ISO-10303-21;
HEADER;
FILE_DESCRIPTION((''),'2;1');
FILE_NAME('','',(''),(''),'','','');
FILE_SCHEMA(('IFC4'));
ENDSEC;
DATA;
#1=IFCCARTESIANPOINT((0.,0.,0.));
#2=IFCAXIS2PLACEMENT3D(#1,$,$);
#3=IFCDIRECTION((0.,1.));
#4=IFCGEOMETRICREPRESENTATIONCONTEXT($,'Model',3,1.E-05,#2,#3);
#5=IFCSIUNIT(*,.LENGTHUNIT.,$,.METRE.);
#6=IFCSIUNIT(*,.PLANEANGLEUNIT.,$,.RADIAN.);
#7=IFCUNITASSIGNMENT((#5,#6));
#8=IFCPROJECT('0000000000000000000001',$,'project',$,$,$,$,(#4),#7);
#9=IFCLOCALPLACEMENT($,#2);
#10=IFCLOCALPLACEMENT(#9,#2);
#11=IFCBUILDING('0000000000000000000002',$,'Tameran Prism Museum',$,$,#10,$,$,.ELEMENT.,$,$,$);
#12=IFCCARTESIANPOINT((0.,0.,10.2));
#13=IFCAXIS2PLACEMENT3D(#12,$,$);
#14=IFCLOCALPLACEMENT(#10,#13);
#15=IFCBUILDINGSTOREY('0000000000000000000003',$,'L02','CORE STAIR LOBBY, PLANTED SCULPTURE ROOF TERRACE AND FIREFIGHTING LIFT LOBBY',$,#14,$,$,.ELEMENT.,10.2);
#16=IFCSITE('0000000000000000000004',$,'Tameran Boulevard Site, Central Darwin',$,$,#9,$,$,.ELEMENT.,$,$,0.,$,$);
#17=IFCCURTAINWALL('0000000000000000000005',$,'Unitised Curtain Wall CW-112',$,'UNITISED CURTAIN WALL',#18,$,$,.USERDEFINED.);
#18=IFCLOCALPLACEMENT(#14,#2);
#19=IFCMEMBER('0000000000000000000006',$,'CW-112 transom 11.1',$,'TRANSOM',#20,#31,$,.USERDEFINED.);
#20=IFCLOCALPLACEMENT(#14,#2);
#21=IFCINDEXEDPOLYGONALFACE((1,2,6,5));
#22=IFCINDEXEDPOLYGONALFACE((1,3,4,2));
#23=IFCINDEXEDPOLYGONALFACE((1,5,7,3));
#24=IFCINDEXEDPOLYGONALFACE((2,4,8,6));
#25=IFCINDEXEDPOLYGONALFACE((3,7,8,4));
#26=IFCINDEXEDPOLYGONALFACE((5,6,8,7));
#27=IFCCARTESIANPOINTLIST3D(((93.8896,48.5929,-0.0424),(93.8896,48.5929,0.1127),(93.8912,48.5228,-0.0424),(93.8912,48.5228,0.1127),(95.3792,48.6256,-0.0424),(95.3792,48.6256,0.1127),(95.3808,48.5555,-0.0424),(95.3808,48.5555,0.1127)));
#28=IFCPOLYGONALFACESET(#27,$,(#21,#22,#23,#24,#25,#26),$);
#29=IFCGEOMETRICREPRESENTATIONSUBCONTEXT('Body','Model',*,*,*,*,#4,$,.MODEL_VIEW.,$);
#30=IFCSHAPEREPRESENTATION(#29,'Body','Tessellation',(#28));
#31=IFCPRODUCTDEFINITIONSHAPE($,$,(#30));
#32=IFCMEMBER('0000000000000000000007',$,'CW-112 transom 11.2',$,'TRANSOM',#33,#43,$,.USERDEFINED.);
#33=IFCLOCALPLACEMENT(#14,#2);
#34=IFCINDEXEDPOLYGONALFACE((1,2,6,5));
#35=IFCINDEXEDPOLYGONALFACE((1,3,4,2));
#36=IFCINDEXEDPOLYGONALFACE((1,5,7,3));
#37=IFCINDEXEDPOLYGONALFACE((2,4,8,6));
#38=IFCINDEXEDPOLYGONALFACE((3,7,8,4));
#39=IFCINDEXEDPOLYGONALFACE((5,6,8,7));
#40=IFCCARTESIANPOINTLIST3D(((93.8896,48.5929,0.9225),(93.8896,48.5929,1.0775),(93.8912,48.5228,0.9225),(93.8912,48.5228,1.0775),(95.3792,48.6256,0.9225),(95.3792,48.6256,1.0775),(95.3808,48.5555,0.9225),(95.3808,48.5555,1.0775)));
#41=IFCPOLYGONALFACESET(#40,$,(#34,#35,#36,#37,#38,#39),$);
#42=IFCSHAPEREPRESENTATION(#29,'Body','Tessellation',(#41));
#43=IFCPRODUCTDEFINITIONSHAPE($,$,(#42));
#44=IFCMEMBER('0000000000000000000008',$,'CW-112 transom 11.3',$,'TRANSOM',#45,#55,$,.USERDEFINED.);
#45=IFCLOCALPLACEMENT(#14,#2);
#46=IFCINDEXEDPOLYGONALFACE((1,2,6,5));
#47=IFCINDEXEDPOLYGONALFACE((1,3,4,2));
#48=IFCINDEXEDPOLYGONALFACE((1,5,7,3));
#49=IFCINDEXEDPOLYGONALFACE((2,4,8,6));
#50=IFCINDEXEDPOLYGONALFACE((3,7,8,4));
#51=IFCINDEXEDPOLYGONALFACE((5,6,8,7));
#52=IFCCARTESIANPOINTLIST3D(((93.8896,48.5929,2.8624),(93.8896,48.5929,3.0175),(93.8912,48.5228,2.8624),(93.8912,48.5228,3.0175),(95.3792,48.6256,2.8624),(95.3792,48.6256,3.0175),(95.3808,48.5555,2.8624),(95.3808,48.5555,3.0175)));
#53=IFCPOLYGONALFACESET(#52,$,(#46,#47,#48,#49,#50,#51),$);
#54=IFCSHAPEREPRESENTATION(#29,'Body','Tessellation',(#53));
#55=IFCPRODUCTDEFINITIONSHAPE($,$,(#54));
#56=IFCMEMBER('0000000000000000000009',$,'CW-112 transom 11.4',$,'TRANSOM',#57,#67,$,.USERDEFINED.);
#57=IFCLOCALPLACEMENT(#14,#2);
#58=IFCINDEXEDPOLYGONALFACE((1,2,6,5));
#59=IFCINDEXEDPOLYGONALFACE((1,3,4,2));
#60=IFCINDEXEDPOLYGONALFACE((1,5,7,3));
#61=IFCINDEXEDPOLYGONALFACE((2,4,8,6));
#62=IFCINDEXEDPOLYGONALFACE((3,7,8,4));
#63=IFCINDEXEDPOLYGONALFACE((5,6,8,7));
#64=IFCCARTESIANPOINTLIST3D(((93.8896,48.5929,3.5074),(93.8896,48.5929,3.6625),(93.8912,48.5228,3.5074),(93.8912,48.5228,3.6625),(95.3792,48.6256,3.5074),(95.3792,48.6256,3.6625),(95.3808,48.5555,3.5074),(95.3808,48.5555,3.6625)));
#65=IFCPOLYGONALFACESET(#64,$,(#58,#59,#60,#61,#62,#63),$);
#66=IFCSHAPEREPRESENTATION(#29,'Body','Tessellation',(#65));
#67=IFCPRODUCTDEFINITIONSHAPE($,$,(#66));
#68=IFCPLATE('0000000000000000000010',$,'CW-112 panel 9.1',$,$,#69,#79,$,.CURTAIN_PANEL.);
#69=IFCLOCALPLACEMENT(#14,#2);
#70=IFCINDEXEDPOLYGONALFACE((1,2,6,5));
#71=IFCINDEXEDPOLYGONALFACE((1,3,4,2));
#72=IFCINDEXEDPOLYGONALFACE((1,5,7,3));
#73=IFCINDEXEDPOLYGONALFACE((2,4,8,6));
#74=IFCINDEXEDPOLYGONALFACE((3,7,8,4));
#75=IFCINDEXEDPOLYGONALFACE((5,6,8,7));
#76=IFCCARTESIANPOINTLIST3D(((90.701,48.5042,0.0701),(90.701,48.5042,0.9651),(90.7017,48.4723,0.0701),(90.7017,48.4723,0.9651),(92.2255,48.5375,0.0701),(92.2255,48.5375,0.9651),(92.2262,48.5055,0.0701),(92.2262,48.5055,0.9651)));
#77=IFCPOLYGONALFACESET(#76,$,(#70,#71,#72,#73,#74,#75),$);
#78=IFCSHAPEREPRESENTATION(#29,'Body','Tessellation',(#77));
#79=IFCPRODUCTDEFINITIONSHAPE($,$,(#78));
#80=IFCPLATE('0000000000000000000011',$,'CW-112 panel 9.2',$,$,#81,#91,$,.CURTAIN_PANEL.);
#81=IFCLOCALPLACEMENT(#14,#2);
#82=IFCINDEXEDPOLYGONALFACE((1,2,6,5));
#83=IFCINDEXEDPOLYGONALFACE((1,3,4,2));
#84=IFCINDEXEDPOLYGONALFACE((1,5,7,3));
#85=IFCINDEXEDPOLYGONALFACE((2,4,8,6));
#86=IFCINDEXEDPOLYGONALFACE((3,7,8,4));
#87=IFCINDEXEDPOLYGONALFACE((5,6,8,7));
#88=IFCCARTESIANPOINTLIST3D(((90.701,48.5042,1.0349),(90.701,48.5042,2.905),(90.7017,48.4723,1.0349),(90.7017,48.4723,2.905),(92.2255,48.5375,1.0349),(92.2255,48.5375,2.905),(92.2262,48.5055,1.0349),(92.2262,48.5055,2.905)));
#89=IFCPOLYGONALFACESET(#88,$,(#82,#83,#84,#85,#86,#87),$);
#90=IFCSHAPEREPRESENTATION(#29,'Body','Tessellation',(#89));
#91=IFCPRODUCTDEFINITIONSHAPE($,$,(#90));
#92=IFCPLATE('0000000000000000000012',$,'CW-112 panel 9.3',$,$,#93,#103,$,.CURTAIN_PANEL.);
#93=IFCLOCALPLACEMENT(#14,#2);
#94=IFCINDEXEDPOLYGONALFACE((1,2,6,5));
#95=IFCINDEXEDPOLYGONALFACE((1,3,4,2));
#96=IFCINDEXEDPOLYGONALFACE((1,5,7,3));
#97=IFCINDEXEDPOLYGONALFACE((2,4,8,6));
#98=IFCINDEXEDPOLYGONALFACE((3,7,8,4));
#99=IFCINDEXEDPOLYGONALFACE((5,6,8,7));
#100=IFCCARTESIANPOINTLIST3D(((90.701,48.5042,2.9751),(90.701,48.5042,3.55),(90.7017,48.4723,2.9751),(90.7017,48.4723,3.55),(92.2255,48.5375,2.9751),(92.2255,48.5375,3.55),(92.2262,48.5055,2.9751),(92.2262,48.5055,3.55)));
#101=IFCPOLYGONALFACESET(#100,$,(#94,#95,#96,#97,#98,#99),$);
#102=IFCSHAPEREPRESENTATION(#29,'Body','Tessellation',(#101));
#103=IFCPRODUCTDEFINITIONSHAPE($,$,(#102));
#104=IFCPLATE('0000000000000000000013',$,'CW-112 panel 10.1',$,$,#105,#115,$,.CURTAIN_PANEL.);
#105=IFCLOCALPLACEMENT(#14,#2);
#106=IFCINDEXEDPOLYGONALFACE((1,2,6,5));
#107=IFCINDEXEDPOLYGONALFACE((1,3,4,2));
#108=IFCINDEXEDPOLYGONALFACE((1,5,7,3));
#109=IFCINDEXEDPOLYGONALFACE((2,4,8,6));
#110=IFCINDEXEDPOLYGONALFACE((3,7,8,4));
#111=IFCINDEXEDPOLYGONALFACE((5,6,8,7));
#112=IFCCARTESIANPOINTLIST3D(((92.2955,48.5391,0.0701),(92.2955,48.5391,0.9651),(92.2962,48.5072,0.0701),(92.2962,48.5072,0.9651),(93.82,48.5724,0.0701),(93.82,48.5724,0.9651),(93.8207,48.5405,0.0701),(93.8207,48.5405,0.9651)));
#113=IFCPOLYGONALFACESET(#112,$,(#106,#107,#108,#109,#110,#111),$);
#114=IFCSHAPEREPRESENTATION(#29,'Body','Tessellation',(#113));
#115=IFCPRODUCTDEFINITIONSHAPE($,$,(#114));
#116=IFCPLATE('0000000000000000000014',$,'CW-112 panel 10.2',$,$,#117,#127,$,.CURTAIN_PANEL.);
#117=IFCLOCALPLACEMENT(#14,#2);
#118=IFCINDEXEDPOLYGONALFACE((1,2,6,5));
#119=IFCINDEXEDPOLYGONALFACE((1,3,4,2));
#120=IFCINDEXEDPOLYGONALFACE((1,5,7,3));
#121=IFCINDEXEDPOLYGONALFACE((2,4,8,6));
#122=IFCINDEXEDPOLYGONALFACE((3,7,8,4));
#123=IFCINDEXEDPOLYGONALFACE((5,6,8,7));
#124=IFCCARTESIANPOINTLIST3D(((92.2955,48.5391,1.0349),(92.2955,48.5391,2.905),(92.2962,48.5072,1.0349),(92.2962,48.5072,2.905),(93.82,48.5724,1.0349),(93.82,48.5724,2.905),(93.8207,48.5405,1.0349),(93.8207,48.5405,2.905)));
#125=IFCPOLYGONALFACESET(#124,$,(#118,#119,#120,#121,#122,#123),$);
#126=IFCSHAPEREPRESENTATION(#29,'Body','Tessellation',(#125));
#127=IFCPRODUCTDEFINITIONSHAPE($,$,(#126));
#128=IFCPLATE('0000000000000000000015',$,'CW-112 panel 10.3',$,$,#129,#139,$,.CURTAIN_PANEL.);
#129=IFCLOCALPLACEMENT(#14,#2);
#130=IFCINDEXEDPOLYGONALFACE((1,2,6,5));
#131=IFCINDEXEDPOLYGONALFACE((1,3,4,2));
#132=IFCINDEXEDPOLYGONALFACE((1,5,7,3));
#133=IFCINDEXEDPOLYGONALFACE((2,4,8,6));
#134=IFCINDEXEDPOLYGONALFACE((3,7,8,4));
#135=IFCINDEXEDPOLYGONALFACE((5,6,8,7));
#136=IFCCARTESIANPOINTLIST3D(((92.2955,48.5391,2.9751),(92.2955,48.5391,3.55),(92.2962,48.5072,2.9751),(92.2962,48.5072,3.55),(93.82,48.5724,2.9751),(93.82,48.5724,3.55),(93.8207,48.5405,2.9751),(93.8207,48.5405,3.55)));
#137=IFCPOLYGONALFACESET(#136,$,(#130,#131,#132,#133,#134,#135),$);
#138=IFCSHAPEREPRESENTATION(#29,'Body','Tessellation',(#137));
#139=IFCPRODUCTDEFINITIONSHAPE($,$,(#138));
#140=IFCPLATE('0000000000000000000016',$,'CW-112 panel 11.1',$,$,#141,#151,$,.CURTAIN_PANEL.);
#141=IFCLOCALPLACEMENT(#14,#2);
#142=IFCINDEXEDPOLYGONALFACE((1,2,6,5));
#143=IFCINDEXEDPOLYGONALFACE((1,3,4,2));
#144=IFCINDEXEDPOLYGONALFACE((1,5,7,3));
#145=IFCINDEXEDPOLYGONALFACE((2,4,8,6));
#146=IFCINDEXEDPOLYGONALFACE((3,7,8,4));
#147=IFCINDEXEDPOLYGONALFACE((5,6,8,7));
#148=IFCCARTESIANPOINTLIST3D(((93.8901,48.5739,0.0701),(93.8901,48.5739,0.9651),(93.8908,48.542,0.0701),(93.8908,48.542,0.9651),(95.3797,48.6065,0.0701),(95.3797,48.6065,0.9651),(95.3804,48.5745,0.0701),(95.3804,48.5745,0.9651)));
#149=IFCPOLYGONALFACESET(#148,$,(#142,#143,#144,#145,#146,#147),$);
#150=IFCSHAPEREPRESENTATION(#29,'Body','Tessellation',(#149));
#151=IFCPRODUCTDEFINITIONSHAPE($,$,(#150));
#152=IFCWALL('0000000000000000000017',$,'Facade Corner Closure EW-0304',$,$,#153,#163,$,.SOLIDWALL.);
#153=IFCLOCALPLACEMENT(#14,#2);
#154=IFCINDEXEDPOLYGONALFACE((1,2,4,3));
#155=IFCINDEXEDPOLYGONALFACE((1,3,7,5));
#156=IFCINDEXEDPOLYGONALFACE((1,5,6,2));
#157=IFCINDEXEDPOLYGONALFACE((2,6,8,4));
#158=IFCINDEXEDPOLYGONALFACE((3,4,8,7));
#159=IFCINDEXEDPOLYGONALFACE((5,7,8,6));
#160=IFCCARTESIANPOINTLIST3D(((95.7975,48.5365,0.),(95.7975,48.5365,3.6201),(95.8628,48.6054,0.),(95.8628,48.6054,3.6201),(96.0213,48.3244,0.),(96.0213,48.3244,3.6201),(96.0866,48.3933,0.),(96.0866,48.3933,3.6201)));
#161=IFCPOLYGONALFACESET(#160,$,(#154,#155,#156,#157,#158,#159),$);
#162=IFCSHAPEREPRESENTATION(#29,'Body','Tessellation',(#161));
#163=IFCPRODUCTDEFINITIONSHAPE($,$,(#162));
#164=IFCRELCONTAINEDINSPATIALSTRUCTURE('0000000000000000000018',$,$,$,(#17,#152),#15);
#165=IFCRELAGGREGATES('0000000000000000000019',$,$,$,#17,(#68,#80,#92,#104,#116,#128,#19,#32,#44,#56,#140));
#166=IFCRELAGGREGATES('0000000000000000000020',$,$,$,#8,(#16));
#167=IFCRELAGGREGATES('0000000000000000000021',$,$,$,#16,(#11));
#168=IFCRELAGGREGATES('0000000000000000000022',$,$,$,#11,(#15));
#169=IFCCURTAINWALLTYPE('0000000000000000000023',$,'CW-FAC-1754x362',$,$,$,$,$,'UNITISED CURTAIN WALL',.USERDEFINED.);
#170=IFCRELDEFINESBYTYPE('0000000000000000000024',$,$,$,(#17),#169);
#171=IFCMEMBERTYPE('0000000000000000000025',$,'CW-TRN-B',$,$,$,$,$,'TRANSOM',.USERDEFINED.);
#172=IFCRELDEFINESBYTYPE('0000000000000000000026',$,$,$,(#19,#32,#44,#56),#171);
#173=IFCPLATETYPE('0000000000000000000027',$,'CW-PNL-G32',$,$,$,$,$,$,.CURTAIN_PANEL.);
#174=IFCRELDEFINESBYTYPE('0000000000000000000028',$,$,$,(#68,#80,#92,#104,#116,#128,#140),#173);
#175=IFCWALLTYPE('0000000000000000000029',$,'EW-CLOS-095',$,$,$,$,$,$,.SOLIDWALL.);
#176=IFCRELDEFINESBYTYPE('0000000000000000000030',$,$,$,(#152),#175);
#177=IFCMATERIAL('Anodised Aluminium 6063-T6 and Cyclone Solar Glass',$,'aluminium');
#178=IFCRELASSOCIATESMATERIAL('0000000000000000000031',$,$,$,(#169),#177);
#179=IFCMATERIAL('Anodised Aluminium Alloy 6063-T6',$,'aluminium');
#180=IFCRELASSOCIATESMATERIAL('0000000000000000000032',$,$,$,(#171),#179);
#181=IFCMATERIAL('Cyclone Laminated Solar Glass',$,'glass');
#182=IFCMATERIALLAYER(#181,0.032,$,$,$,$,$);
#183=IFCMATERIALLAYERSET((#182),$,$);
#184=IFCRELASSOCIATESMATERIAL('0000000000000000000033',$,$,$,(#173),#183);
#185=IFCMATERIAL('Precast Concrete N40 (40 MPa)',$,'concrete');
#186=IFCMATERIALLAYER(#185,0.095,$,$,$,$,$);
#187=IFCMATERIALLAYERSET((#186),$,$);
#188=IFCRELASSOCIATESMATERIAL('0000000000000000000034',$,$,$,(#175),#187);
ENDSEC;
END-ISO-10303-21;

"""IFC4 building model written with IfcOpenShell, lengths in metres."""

from ifc_helpers import new_model, si_unit, direction, frame, frame_2d, origin, origin_2d, place, context, subcontext, project, spatial, rectangle, extrude, material, layer, layer_set, material_profile, profile_set, type_object, element, aggregate, save


model = new_model("IFC4")

# Units and contexts
model_context = context("Model", 3, precision=1e-05, world=origin(), true_north=direction((0.0, 1.0)))
body_context = subcontext(model_context, "Body", "Model", "MODEL_VIEW")
ifc_project = project(units=[si_unit("LENGTHUNIT", "METRE"), si_unit("PLANEANGLEUNIT", "RADIAN")], contexts=[model_context])

# Site, building, storey
site_placement = place(None, origin())
site = spatial("IfcSite", under=ifc_project, at=site_placement, Name="Tameran Boulevard Site, Central Darwin", CompositionType="ELEMENT", RefElevation=0.0)
building_placement = place(site_placement, origin())
building = spatial("IfcBuilding", under=site, at=building_placement, Name="Tameran Prism Museum", CompositionType="ELEMENT")
storey_placement = place(building_placement, frame((0.0, 0.0, 10.2)))
storey = spatial("IfcBuildingStorey", under=building, at=storey_placement, Name="L02", Description="CORE STAIR LOBBY, PLANTED SCULPTURE ROOF TERRACE AND FIREFIGHTING LIFT LOBBY", CompositionType="ELEMENT", Elevation=10.2)

# Curtain wall
ifc_material_1 = material(Name="Anodised Aluminium 6063-T6 and Cyclone Solar Glass", Category="aluminium")
curtain_wall_type_1 = type_object("IfcCurtainWallType", Name="CW-FAC-1754x362", ElementType="UNITISED CURTAIN WALL", PredefinedType="USERDEFINED", material=ifc_material_1)
curtain_wall_1_placement = place(storey_placement, origin())
curtain_wall_1 = element("IfcCurtainWall", 1, at=curtain_wall_1_placement, inside=storey, type_object=curtain_wall_type_1, Name="Unitised Curtain Wall CW-112", ObjectType="UNITISED CURTAIN WALL", PredefinedType="USERDEFINED")

# Members
ifc_material_2 = material(Name="Anodised Aluminium Alloy 6063-T6", Category="aluminium")
ifc_material_profile_1 = material_profile(ifc_material_2, rectangle(XDim=0.0701, YDim=0.155, at=origin_2d()))
ifc_profile_set_1 = profile_set([ifc_material_profile_1])
member_type_1 = type_object("IfcMemberType", Name="CW-TRN-B", ElementType="TRANSOM", PredefinedType="USERDEFINED", material=ifc_profile_set_1)
member_1_placement = place(storey_placement, frame((93.8904, 48.5579, 0.0352), z_axis=(0.999759, 0.021955, 0.0), x_axis=(-0.021955, 0.999759, 0.0)))
member_1 = element("IfcMember", 2, at=member_1_placement, type_object=member_type_1, Name="CW-112 transom 11.1", ObjectType="TRANSOM", PredefinedType="USERDEFINED", context=body_context, shape_type="SweptSolid", body=[
    extrude(rectangle(XDim=0.0701, YDim=0.155, at=origin_2d()), origin(), (0.0, 0.0, 1.0), 1.49),
])
member_2_placement = place(storey_placement, frame((93.8904, 48.5579, 1.0), z_axis=(0.999759, 0.021955, 0.0), x_axis=(-0.021955, 0.999759, 0.0)))
member_2 = element("IfcMember", 3, at=member_2_placement, type_object=member_type_1, Name="CW-112 transom 11.2", ObjectType="TRANSOM", PredefinedType="USERDEFINED", context=body_context, shape_type="SweptSolid", body=[
    extrude(rectangle(XDim=0.0701, YDim=0.155, at=origin_2d()), origin(), (0.0, 0.0, 1.0), 1.49),
])
member_3_placement = place(storey_placement, frame((93.8904, 48.5579, 2.9399), z_axis=(0.999759, 0.021955, 0.0), x_axis=(-0.021955, 0.999759, 0.0)))
member_3 = element("IfcMember", 4, at=member_3_placement, type_object=member_type_1, Name="CW-112 transom 11.3", ObjectType="TRANSOM", PredefinedType="USERDEFINED", context=body_context, shape_type="SweptSolid", body=[
    extrude(rectangle(XDim=0.0701, YDim=0.155, at=origin_2d()), origin(), (0.0, 0.0, 1.0), 1.49),
])
member_4_placement = place(storey_placement, frame((93.8904, 48.5579, 3.585), z_axis=(0.999759, 0.021955, 0.0), x_axis=(-0.021955, 0.999759, 0.0)))
member_4 = element("IfcMember", 5, at=member_4_placement, type_object=member_type_1, Name="CW-112 transom 11.4", ObjectType="TRANSOM", PredefinedType="USERDEFINED", context=body_context, shape_type="SweptSolid", body=[
    extrude(rectangle(XDim=0.0701, YDim=0.155, at=origin_2d()), origin(), (0.0, 0.0, 1.0), 1.49),
])

# Plates
ifc_material_3 = material(Name="Cyclone Laminated Solar Glass", Category="glass")
ifc_layer_1 = layer(ifc_material_3, 0.032)
ifc_layer_set_1 = layer_set([ifc_layer_1])
plate_type = type_object("IfcPlateType", Name="CW-PNL-G32", PredefinedType="CURTAIN_PANEL", material=ifc_layer_set_1)
plate_1_placement = place(storey_placement, frame((91.4636, 48.5049, 0.0701), z_axis=(0.0, 0.0, 1.0), x_axis=(0.999762, 0.021831, 0.0)))
plate_1 = element("IfcPlate", 6, at=plate_1_placement, type_object=plate_type, Name="CW-112 panel 9.1", PredefinedType="CURTAIN_PANEL", context=body_context, shape_type="SweptSolid", body=[
    extrude(rectangle(XDim=1.5249, YDim=0.032, at=origin_2d()), origin(), (0.0, 0.0, 1.0), 0.895),
])
plate_2_placement = place(storey_placement, frame((91.4636, 48.5049, 1.0349), z_axis=(0.0, 0.0, 1.0), x_axis=(0.999762, 0.021831, 0.0)))
plate_2 = element("IfcPlate", 7, at=plate_2_placement, type_object=plate_type, Name="CW-112 panel 9.2", PredefinedType="CURTAIN_PANEL", context=body_context, shape_type="SweptSolid", body=[
    extrude(rectangle(XDim=1.5249, YDim=0.032, at=origin_2d()), origin(), (0.0, 0.0, 1.0), 1.8701),
])
plate_3_placement = place(storey_placement, frame((91.4636, 48.5049, 2.9751), z_axis=(0.0, 0.0, 1.0), x_axis=(0.999762, 0.021831, 0.0)))
plate_3 = element("IfcPlate", 8, at=plate_3_placement, type_object=plate_type, Name="CW-112 panel 9.3", PredefinedType="CURTAIN_PANEL", context=body_context, shape_type="SweptSolid", body=[
    extrude(rectangle(XDim=1.5249, YDim=0.032, at=origin_2d()), origin(), (0.0, 0.0, 1.0), 0.575),
])
plate_4_placement = place(storey_placement, frame((93.0581, 48.5398, 0.0701), z_axis=(0.0, 0.0, 1.0), x_axis=(0.999762, 0.021831, 0.0)))
plate_4 = element("IfcPlate", 9, at=plate_4_placement, type_object=plate_type, Name="CW-112 panel 10.1", PredefinedType="CURTAIN_PANEL", context=body_context, shape_type="SweptSolid", body=[
    extrude(rectangle(XDim=1.5249, YDim=0.032, at=origin_2d()), origin(), (0.0, 0.0, 1.0), 0.895),
])
plate_5_placement = place(storey_placement, frame((93.0581, 48.5398, 1.0349), z_axis=(0.0, 0.0, 1.0), x_axis=(0.999762, 0.021831, 0.0)))
plate_5 = element("IfcPlate", 10, at=plate_5_placement, type_object=plate_type, Name="CW-112 panel 10.2", PredefinedType="CURTAIN_PANEL", context=body_context, shape_type="SweptSolid", body=[
    extrude(rectangle(XDim=1.5249, YDim=0.032, at=origin_2d()), origin(), (0.0, 0.0, 1.0), 1.8701),
])
plate_6_placement = place(storey_placement, frame((93.0581, 48.5398, 2.9751), z_axis=(0.0, 0.0, 1.0), x_axis=(0.999762, 0.021831, 0.0)))
plate_6 = element("IfcPlate", 11, at=plate_6_placement, type_object=plate_type, Name="CW-112 panel 10.3", PredefinedType="CURTAIN_PANEL", context=body_context, shape_type="SweptSolid", body=[
    extrude(rectangle(XDim=1.5249, YDim=0.032, at=origin_2d()), origin(), (0.0, 0.0, 1.0), 0.575),
])
plate_7_placement = place(storey_placement, frame((94.6353, 48.5742, 0.0701), z_axis=(0.0, 0.0, 1.0), x_axis=(0.999762, 0.021831, 0.0)))
plate_7 = element("IfcPlate", 12, at=plate_7_placement, type_object=plate_type, Name="CW-112 panel 11.1", PredefinedType="CURTAIN_PANEL", context=body_context, shape_type="SweptSolid", body=[
    extrude(rectangle(XDim=1.49, YDim=0.032, at=origin_2d()), origin(), (0.0, 0.0, 1.0), 0.895),
])
aggregate(curtain_wall_1, [plate_1, plate_2, plate_3, plate_4, plate_5, plate_6, member_1, member_2, member_3, member_4, plate_7])

# Wall
ifc_material_4 = material(Name="Precast Concrete N40 (40 MPa)", Category="concrete")
ifc_layer_2 = layer(ifc_material_4, 0.095)
ifc_layer_set_2 = layer_set([ifc_layer_2])
wall_type = type_object("IfcWallType", Name="EW-CLOS-095", PredefinedType="SOLIDWALL", material=ifc_layer_set_2)
wall_placement = place(storey_placement, frame((95.8301, 48.571, 0.0), z_axis=(0.0, 0.0, 1.0), x_axis=(0.725849, -0.687854, 0.0)))
element("IfcWall", 13, at=wall_placement, inside=storey, type_object=wall_type, Name="Facade Corner Closure EW-0304", PredefinedType="SOLIDWALL", context=body_context, shape_type="SweptSolid", body=[
    extrude(rectangle(XDim=0.3083, YDim=0.095, at=frame_2d((0.1543, 0.0))), origin(), (0.0, 0.0, 1.0), 3.6201),
])

save(model, "model.ifc")
